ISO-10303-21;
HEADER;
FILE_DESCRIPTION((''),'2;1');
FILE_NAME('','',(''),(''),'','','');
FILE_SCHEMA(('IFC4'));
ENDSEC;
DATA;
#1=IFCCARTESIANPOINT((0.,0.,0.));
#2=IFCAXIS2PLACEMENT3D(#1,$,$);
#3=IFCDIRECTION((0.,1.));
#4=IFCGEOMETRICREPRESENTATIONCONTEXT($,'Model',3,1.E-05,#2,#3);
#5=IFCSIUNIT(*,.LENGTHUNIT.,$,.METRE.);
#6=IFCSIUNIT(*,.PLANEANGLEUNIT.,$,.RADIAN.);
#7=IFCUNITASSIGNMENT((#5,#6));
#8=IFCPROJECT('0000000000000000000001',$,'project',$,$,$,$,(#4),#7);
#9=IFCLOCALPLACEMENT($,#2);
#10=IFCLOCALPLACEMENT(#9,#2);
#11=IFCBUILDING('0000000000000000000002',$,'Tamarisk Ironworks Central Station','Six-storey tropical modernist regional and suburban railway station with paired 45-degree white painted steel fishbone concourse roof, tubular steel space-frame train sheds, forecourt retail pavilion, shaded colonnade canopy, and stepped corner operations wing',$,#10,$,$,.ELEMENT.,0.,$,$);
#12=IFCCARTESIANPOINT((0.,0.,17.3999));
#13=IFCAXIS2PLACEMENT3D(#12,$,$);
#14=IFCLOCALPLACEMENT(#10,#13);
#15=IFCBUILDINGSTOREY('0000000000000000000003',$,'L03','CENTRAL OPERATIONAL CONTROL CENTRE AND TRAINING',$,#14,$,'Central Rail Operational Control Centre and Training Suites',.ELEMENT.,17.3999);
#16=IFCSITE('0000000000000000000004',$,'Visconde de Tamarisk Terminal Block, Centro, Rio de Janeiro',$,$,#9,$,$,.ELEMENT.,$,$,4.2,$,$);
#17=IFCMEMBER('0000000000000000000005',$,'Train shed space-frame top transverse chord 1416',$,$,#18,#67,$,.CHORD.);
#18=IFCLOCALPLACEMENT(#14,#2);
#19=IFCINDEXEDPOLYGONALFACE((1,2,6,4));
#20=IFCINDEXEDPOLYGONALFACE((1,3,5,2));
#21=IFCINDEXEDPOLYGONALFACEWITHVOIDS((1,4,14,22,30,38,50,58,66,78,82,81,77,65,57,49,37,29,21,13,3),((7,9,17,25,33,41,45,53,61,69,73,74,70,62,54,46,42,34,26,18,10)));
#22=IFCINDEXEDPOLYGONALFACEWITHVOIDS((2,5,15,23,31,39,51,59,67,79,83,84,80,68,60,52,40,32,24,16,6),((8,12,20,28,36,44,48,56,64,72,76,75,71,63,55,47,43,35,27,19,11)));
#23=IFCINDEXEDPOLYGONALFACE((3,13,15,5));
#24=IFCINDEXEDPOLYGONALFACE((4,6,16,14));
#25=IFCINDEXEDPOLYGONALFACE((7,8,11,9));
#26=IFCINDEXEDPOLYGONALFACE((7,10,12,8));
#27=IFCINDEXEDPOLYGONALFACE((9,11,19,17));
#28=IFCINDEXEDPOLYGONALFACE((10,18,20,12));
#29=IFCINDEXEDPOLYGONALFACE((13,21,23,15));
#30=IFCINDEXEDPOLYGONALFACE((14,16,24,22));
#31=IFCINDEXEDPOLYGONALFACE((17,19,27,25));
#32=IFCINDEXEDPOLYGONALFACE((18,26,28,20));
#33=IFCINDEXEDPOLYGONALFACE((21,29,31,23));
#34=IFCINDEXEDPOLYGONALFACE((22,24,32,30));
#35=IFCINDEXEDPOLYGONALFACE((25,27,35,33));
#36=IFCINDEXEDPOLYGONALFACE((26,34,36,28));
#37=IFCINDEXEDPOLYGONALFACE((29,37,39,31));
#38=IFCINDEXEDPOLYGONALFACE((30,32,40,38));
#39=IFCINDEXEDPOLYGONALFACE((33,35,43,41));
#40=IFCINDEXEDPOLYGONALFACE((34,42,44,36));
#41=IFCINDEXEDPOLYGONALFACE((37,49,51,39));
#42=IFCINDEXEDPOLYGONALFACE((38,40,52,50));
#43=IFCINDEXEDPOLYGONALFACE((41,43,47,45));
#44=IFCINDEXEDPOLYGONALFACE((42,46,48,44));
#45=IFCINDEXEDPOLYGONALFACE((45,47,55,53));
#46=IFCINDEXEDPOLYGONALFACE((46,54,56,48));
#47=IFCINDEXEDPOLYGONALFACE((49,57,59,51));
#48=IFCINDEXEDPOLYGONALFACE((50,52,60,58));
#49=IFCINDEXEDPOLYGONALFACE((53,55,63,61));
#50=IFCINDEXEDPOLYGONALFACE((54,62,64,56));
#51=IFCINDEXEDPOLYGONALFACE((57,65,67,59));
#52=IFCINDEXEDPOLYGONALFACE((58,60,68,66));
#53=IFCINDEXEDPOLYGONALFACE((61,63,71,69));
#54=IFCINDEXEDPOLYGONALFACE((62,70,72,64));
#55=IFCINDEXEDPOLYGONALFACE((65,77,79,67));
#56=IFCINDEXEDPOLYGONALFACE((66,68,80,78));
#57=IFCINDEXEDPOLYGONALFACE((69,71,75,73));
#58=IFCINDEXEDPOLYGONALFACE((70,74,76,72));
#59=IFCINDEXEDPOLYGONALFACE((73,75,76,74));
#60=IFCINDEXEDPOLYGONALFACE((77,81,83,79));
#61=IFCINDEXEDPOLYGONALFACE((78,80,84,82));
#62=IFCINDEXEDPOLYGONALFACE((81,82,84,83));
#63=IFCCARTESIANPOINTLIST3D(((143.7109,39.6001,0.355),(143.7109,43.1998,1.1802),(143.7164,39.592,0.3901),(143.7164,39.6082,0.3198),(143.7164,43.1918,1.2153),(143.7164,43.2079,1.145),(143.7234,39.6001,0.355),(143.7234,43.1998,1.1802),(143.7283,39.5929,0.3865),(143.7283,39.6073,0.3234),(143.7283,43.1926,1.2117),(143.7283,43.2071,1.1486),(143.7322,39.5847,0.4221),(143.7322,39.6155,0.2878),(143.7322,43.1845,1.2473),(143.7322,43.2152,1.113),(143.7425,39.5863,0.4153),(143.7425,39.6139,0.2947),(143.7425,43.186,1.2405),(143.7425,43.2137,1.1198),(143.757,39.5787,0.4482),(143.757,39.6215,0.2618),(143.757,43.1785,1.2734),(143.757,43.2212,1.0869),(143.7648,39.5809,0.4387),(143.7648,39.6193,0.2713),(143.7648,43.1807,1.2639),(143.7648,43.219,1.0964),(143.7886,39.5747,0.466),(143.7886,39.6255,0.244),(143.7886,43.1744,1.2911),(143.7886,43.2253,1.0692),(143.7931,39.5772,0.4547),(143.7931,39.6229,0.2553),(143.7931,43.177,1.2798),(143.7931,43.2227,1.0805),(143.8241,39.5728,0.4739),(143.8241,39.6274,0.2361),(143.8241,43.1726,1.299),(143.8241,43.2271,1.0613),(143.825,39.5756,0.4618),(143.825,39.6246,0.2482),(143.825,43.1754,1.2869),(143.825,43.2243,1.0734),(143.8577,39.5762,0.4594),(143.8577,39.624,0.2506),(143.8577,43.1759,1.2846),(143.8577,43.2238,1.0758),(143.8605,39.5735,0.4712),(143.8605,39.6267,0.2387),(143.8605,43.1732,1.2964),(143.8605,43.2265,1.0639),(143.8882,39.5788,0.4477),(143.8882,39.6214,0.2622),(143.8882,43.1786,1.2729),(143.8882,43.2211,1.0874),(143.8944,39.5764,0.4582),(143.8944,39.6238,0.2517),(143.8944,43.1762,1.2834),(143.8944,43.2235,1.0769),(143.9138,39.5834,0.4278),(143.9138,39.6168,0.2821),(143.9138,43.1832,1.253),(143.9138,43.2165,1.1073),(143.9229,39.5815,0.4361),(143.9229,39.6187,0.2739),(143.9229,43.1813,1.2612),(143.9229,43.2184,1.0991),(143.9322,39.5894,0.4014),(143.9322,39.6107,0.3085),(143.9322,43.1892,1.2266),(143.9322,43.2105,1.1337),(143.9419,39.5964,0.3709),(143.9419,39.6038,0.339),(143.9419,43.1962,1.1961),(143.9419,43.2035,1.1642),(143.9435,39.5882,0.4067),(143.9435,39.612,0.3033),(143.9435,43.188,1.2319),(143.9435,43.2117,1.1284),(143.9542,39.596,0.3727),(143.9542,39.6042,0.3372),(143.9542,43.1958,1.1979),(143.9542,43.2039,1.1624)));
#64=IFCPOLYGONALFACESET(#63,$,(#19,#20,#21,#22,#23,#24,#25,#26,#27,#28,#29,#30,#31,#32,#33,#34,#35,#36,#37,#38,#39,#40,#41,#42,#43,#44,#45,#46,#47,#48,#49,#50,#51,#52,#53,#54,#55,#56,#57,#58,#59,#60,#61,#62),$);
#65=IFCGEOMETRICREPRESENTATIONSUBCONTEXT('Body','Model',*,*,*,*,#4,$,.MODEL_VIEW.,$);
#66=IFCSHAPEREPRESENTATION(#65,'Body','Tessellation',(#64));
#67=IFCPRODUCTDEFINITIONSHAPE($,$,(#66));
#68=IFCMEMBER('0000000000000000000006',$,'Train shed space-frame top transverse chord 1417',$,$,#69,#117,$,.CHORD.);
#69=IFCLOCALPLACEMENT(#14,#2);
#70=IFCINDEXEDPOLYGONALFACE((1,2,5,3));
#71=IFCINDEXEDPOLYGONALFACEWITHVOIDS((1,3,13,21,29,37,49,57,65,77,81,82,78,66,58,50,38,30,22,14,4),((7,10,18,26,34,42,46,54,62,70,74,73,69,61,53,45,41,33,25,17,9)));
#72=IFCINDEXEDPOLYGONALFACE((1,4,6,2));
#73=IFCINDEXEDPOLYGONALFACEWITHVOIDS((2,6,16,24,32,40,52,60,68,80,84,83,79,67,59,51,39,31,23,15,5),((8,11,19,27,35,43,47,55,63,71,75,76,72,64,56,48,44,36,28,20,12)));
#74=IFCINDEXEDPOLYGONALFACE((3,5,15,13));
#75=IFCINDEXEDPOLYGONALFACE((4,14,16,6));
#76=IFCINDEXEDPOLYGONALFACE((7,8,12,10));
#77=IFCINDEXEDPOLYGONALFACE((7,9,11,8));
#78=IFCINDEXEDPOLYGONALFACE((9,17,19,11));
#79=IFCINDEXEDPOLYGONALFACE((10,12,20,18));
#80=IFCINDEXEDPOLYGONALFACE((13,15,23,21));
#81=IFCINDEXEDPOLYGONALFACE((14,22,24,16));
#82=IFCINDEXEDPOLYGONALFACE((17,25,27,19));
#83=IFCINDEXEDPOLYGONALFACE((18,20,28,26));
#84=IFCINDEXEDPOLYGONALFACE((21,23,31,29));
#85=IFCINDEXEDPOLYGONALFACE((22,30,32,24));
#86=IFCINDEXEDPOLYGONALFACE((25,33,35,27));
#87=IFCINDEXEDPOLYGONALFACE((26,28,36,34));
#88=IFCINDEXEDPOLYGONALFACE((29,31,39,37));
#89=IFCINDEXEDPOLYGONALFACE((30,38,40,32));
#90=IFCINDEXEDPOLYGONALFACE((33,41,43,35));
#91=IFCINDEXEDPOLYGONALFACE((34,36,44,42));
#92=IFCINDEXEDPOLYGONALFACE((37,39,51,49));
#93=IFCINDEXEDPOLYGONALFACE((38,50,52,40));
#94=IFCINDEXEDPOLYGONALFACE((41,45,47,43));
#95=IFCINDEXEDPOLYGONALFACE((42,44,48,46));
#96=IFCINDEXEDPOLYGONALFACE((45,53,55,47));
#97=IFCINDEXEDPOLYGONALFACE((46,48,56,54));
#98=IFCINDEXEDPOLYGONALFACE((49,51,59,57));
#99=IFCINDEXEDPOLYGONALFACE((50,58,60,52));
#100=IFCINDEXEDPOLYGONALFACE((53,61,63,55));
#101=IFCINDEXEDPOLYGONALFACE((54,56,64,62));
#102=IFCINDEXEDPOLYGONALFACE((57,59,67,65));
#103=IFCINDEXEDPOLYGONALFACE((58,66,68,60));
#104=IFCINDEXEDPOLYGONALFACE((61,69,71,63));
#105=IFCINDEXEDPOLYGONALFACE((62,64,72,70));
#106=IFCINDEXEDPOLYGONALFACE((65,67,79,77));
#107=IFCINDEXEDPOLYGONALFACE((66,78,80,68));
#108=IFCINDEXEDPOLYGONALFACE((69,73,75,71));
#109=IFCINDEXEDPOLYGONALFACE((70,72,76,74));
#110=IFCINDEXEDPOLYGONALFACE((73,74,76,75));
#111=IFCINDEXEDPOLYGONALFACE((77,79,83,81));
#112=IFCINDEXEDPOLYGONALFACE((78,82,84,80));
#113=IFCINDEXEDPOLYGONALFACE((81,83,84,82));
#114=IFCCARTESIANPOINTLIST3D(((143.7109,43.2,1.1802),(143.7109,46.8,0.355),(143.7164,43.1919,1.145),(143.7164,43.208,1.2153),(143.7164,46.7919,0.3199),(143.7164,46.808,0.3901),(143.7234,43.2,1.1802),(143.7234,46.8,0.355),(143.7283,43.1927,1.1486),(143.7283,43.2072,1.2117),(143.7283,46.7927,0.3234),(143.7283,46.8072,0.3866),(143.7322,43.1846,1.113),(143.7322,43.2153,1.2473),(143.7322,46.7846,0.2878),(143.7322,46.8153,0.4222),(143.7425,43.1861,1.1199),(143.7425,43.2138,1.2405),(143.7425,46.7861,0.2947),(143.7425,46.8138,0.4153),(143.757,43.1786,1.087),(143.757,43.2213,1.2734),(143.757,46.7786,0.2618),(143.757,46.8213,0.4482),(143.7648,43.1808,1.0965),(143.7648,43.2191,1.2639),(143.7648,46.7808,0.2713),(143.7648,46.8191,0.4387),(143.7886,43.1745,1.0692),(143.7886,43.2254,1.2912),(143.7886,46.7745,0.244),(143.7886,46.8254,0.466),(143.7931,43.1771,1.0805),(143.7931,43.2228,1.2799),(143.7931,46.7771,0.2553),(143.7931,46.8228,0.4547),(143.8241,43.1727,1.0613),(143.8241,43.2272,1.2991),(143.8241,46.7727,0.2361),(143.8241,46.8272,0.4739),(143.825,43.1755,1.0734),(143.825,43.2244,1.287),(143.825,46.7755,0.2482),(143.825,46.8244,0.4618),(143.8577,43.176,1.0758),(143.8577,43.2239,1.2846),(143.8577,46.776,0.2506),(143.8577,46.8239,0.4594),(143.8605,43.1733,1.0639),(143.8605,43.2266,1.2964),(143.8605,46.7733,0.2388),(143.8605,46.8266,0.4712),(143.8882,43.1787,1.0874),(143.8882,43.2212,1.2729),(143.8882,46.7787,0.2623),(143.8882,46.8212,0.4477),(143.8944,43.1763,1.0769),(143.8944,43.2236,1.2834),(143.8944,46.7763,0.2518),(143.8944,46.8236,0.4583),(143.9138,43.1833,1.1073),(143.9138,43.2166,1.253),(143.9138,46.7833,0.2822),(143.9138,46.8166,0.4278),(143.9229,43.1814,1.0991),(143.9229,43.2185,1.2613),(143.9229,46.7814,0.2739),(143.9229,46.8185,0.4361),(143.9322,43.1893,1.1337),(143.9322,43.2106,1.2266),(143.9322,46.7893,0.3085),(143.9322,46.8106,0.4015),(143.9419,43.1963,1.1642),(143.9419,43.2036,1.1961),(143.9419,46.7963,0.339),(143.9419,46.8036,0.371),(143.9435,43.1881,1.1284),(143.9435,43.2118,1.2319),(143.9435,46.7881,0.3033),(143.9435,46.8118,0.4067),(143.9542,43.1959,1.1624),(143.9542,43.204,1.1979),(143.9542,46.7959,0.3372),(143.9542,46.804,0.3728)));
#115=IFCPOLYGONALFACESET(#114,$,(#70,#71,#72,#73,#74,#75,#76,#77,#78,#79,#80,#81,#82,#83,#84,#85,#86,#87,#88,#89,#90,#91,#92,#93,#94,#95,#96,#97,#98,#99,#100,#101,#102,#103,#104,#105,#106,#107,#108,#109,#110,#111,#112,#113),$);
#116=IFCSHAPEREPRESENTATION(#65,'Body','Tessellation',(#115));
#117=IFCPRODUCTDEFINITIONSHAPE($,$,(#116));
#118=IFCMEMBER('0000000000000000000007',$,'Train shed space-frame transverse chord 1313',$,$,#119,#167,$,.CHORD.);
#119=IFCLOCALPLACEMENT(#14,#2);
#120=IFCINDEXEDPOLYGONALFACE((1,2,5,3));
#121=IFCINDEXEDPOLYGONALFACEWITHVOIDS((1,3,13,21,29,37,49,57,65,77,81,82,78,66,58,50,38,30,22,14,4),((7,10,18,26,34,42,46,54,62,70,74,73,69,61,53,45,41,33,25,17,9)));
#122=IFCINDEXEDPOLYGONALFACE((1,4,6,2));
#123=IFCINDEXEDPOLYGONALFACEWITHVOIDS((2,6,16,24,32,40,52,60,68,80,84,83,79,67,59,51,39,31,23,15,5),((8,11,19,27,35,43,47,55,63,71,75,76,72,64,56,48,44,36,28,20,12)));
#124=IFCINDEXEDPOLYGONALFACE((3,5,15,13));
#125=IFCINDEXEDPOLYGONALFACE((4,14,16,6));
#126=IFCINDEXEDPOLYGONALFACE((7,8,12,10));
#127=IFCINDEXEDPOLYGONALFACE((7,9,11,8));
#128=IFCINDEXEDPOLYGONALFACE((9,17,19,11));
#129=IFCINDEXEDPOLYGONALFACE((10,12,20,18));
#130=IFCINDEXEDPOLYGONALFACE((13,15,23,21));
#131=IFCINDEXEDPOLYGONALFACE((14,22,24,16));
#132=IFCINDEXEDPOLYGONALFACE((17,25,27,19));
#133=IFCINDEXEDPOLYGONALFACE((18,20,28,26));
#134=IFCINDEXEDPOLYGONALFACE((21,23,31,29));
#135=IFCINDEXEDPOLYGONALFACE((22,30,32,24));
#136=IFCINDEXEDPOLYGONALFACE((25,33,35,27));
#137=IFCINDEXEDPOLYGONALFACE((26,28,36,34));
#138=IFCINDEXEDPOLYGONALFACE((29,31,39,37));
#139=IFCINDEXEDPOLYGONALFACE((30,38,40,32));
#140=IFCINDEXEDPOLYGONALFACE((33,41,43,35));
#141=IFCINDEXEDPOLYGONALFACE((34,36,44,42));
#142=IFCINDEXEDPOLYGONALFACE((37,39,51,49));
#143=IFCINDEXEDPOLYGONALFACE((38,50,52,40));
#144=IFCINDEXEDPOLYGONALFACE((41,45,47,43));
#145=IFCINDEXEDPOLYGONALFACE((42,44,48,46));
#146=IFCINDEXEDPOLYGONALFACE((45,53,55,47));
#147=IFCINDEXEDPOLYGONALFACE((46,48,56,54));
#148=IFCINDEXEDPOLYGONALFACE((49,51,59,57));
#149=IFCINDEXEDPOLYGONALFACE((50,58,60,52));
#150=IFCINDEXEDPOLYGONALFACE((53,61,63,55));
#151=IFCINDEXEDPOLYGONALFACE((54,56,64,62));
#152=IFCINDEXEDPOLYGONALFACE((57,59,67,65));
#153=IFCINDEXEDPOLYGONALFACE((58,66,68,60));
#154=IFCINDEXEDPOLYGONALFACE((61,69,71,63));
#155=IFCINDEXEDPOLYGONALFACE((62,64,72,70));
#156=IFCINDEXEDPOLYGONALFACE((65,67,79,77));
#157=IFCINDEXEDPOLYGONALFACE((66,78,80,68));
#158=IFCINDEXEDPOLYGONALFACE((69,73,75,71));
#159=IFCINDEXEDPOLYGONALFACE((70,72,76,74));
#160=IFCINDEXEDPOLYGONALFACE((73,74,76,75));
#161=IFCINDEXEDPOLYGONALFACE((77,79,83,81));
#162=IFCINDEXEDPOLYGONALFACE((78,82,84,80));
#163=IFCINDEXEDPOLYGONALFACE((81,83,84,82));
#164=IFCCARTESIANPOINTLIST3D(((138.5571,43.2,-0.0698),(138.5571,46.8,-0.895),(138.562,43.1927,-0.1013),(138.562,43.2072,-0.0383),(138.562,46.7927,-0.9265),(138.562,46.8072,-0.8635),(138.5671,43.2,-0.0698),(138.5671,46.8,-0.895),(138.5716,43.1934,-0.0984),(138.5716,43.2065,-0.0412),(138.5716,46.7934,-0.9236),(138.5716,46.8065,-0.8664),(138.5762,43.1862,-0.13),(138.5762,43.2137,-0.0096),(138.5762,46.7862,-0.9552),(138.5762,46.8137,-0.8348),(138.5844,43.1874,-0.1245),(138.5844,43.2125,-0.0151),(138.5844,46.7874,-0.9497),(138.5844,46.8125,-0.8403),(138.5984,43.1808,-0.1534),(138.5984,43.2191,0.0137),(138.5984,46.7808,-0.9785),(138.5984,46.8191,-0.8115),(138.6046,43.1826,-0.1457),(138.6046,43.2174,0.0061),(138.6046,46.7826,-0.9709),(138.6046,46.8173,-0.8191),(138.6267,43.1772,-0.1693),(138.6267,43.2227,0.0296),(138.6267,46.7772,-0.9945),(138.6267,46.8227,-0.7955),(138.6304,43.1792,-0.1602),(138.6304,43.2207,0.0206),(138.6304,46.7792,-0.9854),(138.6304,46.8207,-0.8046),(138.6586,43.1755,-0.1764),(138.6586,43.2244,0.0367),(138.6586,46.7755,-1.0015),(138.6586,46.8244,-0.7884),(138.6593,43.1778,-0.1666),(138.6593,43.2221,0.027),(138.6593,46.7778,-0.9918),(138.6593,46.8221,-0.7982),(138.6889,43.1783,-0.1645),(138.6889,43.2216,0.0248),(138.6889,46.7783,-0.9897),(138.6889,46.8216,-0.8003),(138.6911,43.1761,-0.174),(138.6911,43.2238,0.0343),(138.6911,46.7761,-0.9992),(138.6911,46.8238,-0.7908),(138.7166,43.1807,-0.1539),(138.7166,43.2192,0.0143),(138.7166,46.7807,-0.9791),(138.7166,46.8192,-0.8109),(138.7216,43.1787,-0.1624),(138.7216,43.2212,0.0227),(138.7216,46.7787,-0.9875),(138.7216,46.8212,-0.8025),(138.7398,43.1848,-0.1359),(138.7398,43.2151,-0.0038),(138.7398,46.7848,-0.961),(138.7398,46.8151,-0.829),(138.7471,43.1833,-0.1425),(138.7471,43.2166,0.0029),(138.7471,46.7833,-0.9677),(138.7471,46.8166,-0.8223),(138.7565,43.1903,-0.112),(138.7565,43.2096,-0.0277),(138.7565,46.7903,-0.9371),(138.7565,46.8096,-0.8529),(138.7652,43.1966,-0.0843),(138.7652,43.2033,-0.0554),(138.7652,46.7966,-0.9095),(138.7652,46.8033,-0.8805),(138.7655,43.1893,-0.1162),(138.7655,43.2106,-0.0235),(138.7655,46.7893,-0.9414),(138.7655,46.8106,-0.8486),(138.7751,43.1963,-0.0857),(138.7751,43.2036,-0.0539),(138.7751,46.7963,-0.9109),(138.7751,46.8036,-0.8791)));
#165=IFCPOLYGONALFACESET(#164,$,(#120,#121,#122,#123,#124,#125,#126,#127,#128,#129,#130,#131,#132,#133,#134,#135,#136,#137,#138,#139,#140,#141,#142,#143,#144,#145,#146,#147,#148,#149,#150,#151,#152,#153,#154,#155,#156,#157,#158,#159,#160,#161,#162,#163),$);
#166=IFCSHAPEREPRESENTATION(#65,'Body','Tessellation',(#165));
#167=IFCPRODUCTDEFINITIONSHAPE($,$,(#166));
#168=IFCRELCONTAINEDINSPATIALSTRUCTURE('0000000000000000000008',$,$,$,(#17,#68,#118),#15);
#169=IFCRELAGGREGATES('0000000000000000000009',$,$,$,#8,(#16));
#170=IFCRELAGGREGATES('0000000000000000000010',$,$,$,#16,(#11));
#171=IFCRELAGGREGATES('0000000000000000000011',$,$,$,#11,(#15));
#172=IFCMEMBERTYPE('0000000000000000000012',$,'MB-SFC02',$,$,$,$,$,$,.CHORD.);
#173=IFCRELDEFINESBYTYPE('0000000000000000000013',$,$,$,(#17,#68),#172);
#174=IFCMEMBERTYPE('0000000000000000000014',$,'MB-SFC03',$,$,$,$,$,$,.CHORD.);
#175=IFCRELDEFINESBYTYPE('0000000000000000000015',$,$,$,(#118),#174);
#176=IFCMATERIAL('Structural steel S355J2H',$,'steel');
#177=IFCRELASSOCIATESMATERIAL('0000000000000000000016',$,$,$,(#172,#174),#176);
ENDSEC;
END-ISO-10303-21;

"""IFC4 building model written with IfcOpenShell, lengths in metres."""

from ifc_helpers import new_model, si_unit, direction, frame, origin, origin_2d, place, context, subcontext, project, spatial, hollow_circle, extrude, material, material_profile, profile_set, type_object, element, save


model = new_model("IFC4")

# Units and contexts
model_context = context("Model", 3, precision=1e-05, world=origin(), true_north=direction((0.0, 1.0)))
body_context = subcontext(model_context, "Body", "Model", "MODEL_VIEW")
ifc_project = project(units=[si_unit("LENGTHUNIT", "METRE"), si_unit("PLANEANGLEUNIT", "RADIAN")], contexts=[model_context])

# Site, building, storey
site_placement = place(None, origin())
site = spatial("IfcSite", under=ifc_project, at=site_placement, Name="Visconde de Tamarisk Terminal Block, Centro, Rio de Janeiro", CompositionType="ELEMENT", RefElevation=4.2)
building_placement = place(site_placement, origin())
building = spatial("IfcBuilding", under=site, at=building_placement, Name="Tamarisk Ironworks Central Station", Description="Six-storey tropical modernist regional and suburban railway station with paired 45-degree white painted steel fishbone concourse roof, tubular steel space-frame train sheds, forecourt retail pavilion, shaded colonnade canopy, and stepped corner operations wing", CompositionType="ELEMENT", ElevationOfRefHeight=0.0)
storey_placement = place(building_placement, frame((0.0, 0.0, 17.3999)))
storey = spatial("IfcBuildingStorey", under=building, at=storey_placement, Name="L03", Description="CENTRAL OPERATIONAL CONTROL CENTRE AND TRAINING", LongName="Central Rail Operational Control Centre and Training Suites", CompositionType="ELEMENT", Elevation=17.3999)

# Members
ifc_material_1 = material(Name="Structural steel S355J2H", Category="steel")
ifc_material_profile_1 = material_profile(ifc_material_1, hollow_circle(Radius=0.1223, WallThickness=0.0125, at=origin_2d()), Name="CHS 244.5x12.5")
ifc_profile_set_1 = profile_set([ifc_material_profile_1], Name="Structural steel S355J2H")
member_type_1 = type_object("IfcMemberType", Name="MB-SFC02", PredefinedType="CHORD", material=ifc_profile_set_1)
member_1_placement = place(storey_placement, frame((143.8333, 39.6001, 0.355), z_axis=(0.0, 0.974719, 0.223435), x_axis=(-1.0, 0.0, 0.0)))
element("IfcMember", 1, at=member_1_placement, inside=storey, type_object=member_type_1, Name="Train shed space-frame top transverse chord 1416", PredefinedType="CHORD", context=body_context, shape_type="SweptSolid", body=[
    extrude(hollow_circle(Radius=0.1223, WallThickness=0.0125, at=origin_2d()), origin(), (0.0, 0.0, 1.0), 3.6931),
])
member_2_placement = place(storey_placement, frame((143.8333, 43.2, 1.1802), z_axis=(0.0, 0.974722, -0.223421), x_axis=(-1.0, 0.0, 0.0)))
element("IfcMember", 2, at=member_2_placement, inside=storey, type_object=member_type_1, Name="Train shed space-frame top transverse chord 1417", PredefinedType="CHORD", context=body_context, shape_type="SweptSolid", body=[
    extrude(hollow_circle(Radius=0.1223, WallThickness=0.0125, at=origin_2d()), origin(), (0.0, 0.0, 1.0), 3.6934),
])
ifc_material_profile_2 = material_profile(ifc_material_1, hollow_circle(Radius=0.1096, WallThickness=0.01, at=origin_2d()), Name="CHS 219.1x10")
ifc_profile_set_2 = profile_set([ifc_material_profile_2], Name="Structural steel S355J2H")
member_type_2 = type_object("IfcMemberType", Name="MB-SFC03", PredefinedType="CHORD", material=ifc_profile_set_2)
member_3_placement = place(storey_placement, frame((138.6667, 43.2, -0.0698), z_axis=(0.0, 0.974722, -0.223421), x_axis=(-1.0, 0.0, 0.0)))
element("IfcMember", 3, at=member_3_placement, inside=storey, type_object=member_type_2, Name="Train shed space-frame transverse chord 1313", PredefinedType="CHORD", context=body_context, shape_type="SweptSolid", body=[
    extrude(hollow_circle(Radius=0.1096, WallThickness=0.01, at=origin_2d()), origin(), (0.0, 0.0, 1.0), 3.6934),
])

save(model, "model.ifc")
